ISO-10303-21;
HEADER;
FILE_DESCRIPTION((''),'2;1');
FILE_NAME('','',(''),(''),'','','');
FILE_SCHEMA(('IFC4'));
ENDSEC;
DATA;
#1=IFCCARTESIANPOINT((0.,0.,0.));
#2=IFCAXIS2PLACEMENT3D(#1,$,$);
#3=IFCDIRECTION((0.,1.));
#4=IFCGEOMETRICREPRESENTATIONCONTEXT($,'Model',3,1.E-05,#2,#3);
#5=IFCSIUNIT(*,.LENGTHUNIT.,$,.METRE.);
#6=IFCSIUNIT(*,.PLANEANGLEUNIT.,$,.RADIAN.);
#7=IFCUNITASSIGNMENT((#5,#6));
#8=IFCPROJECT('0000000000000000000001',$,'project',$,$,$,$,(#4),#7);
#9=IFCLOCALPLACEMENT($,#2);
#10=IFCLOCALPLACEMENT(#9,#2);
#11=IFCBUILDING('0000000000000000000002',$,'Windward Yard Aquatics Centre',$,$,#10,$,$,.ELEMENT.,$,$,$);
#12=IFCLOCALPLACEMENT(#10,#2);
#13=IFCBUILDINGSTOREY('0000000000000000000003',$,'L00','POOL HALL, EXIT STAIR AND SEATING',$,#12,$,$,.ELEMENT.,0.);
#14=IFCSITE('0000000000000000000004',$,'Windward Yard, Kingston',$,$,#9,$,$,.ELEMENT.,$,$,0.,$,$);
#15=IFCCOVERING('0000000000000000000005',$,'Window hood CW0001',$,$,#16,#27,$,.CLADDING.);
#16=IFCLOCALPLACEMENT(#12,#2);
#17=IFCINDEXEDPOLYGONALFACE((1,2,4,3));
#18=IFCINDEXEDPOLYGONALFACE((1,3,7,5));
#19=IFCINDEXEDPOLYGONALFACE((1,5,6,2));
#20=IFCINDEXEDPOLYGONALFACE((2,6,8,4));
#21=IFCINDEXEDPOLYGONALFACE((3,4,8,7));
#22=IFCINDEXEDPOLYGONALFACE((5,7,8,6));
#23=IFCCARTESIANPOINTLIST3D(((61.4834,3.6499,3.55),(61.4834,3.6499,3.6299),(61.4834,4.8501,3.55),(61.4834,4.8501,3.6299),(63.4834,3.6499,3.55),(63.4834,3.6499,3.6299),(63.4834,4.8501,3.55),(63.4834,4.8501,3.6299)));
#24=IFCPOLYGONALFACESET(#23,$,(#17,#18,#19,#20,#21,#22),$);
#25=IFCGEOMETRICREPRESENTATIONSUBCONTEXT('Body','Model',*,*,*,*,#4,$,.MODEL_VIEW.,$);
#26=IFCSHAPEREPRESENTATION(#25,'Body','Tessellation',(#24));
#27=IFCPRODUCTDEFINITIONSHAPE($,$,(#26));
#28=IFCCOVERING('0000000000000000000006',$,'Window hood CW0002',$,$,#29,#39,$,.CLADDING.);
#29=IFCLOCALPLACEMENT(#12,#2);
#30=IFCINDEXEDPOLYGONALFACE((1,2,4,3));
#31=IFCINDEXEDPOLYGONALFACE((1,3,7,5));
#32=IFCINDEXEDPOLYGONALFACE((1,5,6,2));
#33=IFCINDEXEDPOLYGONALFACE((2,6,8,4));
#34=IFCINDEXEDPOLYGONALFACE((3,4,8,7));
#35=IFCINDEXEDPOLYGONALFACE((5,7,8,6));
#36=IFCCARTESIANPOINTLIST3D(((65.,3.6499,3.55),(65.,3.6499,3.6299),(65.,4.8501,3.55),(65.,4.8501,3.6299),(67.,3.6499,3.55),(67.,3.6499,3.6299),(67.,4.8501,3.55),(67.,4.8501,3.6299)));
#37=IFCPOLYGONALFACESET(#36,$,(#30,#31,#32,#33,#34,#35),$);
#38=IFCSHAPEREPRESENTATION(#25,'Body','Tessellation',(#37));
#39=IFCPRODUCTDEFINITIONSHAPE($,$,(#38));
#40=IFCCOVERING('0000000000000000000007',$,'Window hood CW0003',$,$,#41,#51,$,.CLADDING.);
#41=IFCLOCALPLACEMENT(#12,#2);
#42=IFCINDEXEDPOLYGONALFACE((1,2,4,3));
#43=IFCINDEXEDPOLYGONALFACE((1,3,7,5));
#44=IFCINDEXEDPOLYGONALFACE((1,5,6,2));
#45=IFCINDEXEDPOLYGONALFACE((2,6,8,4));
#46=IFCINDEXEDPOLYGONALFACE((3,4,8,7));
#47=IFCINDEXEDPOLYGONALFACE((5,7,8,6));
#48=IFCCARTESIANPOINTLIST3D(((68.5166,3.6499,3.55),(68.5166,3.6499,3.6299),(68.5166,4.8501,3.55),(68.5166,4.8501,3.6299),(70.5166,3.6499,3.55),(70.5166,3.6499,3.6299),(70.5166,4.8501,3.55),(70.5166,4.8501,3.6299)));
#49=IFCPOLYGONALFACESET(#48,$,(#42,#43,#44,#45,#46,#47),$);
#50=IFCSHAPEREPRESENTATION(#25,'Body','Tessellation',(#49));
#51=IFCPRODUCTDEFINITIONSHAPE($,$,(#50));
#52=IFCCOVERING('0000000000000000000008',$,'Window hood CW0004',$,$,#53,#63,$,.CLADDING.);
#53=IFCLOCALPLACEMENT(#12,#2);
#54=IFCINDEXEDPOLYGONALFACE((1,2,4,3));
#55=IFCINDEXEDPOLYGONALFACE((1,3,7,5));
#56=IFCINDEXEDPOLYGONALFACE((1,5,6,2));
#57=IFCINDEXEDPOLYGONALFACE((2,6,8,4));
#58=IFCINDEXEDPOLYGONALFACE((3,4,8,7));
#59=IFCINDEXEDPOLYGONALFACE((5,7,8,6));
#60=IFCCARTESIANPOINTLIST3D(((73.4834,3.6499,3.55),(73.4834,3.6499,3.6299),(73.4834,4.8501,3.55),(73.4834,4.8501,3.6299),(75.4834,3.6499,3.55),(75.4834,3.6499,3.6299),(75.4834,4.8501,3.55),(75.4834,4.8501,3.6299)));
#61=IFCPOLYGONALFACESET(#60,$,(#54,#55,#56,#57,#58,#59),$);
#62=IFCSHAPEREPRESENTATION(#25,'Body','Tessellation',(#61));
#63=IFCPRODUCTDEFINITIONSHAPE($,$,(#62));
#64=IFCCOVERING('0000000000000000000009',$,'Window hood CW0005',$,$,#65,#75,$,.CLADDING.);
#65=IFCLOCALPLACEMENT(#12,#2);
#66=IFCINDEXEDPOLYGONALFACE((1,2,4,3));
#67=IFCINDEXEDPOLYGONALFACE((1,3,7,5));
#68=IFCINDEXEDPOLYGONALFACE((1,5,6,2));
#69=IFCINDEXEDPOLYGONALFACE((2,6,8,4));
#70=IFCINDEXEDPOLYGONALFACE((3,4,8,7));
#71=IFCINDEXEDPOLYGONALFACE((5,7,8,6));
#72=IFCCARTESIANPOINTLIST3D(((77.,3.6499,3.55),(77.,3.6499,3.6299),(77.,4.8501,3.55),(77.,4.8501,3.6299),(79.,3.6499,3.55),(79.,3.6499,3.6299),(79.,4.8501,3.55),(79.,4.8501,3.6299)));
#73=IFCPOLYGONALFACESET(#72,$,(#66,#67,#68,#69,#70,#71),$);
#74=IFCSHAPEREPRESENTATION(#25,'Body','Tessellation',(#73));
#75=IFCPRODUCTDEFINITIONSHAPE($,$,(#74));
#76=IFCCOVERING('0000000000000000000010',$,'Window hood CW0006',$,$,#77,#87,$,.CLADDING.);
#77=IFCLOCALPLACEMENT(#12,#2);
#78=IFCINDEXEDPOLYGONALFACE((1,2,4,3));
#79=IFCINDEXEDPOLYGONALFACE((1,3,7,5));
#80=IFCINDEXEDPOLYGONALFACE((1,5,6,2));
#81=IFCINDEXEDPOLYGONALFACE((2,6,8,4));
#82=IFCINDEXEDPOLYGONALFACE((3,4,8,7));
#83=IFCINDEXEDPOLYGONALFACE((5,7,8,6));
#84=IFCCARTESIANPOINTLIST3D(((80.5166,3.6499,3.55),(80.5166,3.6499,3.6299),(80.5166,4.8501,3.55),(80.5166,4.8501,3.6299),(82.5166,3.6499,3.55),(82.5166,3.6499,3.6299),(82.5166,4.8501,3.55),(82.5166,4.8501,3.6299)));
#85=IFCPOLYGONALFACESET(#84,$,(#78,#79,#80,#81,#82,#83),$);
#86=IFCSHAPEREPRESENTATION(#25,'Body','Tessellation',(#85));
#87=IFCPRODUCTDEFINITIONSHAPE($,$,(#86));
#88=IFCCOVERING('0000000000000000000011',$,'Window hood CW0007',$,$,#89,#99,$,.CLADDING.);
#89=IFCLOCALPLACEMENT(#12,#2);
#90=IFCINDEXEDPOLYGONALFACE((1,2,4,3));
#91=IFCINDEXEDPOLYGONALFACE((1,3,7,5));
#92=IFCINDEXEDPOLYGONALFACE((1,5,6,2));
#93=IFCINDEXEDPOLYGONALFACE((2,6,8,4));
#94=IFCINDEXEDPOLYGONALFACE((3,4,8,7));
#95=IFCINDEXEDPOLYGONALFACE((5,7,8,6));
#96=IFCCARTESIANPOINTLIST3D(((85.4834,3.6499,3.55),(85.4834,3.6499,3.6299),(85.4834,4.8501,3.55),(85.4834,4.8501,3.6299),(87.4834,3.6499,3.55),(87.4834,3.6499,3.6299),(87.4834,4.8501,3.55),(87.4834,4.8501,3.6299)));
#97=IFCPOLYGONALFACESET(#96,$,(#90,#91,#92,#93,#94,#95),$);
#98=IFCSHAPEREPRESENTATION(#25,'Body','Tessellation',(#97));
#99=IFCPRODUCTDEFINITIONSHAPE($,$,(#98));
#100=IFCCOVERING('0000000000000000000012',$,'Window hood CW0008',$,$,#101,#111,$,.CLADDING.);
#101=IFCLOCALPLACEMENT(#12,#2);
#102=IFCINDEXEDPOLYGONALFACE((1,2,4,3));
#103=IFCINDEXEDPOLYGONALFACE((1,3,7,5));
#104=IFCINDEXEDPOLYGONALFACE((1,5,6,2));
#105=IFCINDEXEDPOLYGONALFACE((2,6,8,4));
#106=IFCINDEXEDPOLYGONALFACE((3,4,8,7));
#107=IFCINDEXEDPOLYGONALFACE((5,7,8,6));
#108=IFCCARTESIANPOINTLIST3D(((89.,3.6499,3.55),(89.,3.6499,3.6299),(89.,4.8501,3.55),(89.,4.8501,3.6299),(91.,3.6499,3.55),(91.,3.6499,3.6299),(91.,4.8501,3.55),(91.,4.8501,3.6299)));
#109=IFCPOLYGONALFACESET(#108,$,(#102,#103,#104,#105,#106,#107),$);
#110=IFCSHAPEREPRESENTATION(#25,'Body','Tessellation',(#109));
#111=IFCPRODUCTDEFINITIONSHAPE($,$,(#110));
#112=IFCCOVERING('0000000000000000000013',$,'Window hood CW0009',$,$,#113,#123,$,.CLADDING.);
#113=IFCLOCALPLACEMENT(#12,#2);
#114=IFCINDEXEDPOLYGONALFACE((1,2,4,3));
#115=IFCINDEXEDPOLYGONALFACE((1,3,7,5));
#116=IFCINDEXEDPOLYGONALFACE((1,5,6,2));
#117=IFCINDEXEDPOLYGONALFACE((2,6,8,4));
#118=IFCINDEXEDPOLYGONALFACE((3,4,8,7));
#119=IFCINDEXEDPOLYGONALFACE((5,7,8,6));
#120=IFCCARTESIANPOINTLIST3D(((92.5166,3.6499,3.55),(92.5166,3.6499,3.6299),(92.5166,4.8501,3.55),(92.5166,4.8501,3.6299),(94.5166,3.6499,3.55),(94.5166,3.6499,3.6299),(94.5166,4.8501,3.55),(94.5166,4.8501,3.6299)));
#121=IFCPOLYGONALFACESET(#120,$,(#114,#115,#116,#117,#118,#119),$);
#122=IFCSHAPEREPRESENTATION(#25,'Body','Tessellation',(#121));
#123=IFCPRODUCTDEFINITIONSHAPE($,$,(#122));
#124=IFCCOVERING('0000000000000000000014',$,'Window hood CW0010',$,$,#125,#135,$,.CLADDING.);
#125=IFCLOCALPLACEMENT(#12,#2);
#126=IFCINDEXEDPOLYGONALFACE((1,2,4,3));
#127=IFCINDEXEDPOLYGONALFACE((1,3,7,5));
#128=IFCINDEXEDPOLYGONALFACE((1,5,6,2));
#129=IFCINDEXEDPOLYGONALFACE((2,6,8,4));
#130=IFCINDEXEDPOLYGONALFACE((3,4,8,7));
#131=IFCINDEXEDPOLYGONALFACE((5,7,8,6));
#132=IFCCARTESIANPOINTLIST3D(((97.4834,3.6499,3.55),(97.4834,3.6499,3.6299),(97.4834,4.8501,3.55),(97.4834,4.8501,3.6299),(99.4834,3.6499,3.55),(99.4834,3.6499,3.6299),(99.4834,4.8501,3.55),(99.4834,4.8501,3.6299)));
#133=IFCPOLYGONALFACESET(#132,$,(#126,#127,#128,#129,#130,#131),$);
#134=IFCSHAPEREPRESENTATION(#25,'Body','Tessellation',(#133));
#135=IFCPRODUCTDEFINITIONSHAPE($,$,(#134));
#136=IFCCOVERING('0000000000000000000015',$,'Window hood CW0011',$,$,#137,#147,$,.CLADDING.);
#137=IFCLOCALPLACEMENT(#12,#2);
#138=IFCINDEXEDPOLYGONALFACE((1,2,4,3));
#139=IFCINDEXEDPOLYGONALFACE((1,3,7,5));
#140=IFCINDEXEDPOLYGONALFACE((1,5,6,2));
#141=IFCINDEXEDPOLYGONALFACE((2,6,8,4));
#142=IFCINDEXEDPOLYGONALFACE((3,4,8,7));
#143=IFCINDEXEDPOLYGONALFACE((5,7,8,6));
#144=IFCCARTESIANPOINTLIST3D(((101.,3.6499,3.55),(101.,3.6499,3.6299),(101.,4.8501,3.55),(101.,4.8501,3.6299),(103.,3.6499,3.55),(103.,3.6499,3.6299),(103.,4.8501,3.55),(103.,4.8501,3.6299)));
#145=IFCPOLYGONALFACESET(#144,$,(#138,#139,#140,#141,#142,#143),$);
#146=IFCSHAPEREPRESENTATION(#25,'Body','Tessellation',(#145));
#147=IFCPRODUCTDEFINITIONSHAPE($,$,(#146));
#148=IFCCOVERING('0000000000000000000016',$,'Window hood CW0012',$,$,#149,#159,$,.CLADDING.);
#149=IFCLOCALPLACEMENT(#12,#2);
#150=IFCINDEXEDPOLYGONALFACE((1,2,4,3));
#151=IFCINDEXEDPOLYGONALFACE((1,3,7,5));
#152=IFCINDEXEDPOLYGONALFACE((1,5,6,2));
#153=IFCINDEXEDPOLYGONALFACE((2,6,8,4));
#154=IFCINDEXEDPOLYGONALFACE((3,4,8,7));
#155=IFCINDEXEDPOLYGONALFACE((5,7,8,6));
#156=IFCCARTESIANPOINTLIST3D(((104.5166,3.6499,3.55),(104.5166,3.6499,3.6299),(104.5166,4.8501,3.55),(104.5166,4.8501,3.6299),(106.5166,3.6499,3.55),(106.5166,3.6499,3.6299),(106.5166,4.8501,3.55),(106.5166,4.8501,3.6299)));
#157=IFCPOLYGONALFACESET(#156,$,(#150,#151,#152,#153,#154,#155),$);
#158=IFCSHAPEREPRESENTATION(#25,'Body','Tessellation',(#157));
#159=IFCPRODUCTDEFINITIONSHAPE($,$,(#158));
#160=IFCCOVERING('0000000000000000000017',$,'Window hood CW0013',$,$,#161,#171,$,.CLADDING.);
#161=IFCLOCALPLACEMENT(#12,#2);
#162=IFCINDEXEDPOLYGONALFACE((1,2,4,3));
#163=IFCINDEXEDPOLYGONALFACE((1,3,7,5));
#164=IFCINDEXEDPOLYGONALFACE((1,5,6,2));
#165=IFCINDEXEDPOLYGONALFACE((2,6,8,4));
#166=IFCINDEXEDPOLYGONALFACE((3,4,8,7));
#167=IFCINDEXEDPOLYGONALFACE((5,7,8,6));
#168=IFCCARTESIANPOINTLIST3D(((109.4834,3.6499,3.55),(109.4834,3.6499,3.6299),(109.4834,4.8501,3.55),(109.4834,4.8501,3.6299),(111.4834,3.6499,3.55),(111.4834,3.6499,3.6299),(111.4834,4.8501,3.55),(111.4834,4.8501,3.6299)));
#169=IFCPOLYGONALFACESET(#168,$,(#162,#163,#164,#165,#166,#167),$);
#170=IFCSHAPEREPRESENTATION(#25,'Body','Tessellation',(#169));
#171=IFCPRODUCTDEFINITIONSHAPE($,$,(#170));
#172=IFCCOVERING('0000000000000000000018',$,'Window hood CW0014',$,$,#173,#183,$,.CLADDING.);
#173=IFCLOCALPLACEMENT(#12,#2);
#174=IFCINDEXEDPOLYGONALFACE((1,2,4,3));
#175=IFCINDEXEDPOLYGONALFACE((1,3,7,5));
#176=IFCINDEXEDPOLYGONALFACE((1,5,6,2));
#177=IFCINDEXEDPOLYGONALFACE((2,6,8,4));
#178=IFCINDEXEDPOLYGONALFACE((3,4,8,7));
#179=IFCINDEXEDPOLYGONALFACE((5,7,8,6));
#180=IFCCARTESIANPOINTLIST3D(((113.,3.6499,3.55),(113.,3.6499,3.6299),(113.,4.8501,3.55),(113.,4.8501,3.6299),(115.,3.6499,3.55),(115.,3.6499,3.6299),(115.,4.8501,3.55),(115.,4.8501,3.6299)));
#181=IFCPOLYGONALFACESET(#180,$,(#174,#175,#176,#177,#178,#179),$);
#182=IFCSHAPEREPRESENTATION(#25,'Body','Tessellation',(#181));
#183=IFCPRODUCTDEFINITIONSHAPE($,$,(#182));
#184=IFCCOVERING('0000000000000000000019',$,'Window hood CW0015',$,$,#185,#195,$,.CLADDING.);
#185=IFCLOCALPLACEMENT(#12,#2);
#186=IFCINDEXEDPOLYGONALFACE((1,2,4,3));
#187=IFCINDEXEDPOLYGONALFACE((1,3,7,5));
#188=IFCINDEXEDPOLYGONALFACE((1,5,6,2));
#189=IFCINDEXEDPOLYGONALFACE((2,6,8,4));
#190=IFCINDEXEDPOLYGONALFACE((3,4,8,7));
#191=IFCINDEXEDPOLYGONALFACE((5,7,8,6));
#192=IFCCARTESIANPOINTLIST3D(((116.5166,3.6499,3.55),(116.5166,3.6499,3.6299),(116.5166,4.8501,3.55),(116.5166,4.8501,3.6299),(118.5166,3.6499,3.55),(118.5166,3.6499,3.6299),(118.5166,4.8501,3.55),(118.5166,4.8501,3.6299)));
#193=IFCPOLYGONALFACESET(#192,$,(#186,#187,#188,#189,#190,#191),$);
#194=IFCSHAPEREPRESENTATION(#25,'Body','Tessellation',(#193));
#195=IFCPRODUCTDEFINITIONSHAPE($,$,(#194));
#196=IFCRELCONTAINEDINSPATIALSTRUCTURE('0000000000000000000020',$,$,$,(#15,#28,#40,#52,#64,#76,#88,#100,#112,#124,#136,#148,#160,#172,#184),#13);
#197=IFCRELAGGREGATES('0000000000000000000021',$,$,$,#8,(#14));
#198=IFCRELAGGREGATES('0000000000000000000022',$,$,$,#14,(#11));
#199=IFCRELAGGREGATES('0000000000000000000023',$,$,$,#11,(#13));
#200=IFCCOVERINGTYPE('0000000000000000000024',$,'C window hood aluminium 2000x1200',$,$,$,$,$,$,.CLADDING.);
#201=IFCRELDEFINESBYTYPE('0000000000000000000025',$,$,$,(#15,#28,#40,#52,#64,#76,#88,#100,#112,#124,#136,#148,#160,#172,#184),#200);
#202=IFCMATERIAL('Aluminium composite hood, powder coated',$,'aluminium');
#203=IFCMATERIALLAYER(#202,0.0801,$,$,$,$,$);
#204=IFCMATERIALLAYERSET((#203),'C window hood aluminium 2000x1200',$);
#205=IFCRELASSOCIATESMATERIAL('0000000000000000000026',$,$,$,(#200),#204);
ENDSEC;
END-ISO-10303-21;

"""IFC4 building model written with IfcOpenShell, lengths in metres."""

from ifc_helpers import new_model, si_unit, direction, frame, origin, place, context, subcontext, project, spatial, polyline, outline, extrude, material, layer, layer_set, type_object, element, save


model = new_model("IFC4")

# Units and contexts
model_context = context("Model", 3, precision=1e-05, world=origin(), true_north=direction((0.0, 1.0)))
body_context = subcontext(model_context, "Body", "Model", "MODEL_VIEW")
ifc_project = project(units=[si_unit("LENGTHUNIT", "METRE"), si_unit("PLANEANGLEUNIT", "RADIAN")], contexts=[model_context])

# Site, building, storey
site_placement = place(None, origin())
site = spatial("IfcSite", under=ifc_project, at=site_placement, Name="Windward Yard, Kingston", CompositionType="ELEMENT", RefElevation=0.0)
building_placement = place(site_placement, origin())
building = spatial("IfcBuilding", under=site, at=building_placement, Name="Windward Yard Aquatics Centre", CompositionType="ELEMENT")
storey_placement = place(building_placement, origin())
storey = spatial("IfcBuildingStorey", under=building, at=storey_placement, Name="L00", Description="POOL HALL, EXIT STAIR AND SEATING", CompositionType="ELEMENT", Elevation=0.0)

# Coverings
ifc_material = material(Name="Aluminium composite hood, powder coated", Category="aluminium")
ifc_layer_1 = layer(ifc_material, 0.0801)
ifc_layer_set_1 = layer_set([ifc_layer_1], Name="C window hood aluminium 2000x1200")
covering_type_1 = type_object("IfcCoveringType", Name="C window hood aluminium 2000x1200", PredefinedType="CLADDING", material=ifc_layer_set_1)
covering_1_placement = place(storey_placement, frame((0.0, 0.0, 3.55)))
element("IfcCovering", 1, at=covering_1_placement, inside=storey, type_object=covering_type_1, Name="Window hood CW0001", PredefinedType="CLADDING", context=body_context, shape_type="SweptSolid", body=[
    extrude(outline(polyline([(61.4834, 3.6499), (61.4834, 4.8501), (63.4834, 4.8501), (63.4834, 3.6499), (61.4834, 3.6499)])), origin(), (0.0, 0.0, 1.0), 0.0798),
])
covering_2_placement = place(storey_placement, frame((0.0, 0.0, 3.55)))
element("IfcCovering", 2, at=covering_2_placement, inside=storey, type_object=covering_type_1, Name="Window hood CW0002", PredefinedType="CLADDING", context=body_context, shape_type="SweptSolid", body=[
    extrude(outline(polyline([(65.0, 3.6499), (65.0, 4.8501), (67.0, 4.8501), (67.0, 3.6499), (65.0, 3.6499)])), origin(), (0.0, 0.0, 1.0), 0.0798),
])
covering_3_placement = place(storey_placement, frame((0.0, 0.0, 3.55)))
element("IfcCovering", 3, at=covering_3_placement, inside=storey, type_object=covering_type_1, Name="Window hood CW0003", PredefinedType="CLADDING", context=body_context, shape_type="SweptSolid", body=[
    extrude(outline(polyline([(68.5166, 3.6499), (68.5166, 4.8501), (70.5166, 4.8501), (70.5166, 3.6499), (68.5166, 3.6499)])), origin(), (0.0, 0.0, 1.0), 0.0798),
])
covering_4_placement = place(storey_placement, frame((0.0, 0.0, 3.55)))
element("IfcCovering", 4, at=covering_4_placement, inside=storey, type_object=covering_type_1, Name="Window hood CW0004", PredefinedType="CLADDING", context=body_context, shape_type="SweptSolid", body=[
    extrude(outline(polyline([(73.4834, 3.6499), (73.4834, 4.8501), (75.4834, 4.8501), (75.4834, 3.6499), (73.4834, 3.6499)])), origin(), (0.0, 0.0, 1.0), 0.0798),
])
covering_5_placement = place(storey_placement, frame((0.0, 0.0, 3.55)))
element("IfcCovering", 5, at=covering_5_placement, inside=storey, type_object=covering_type_1, Name="Window hood CW0005", PredefinedType="CLADDING", context=body_context, shape_type="SweptSolid", body=[
    extrude(outline(polyline([(77.0, 3.6499), (77.0, 4.8501), (79.0, 4.8501), (79.0, 3.6499), (77.0, 3.6499)])), origin(), (0.0, 0.0, 1.0), 0.0798),
])
covering_6_placement = place(storey_placement, frame((0.0, 0.0, 3.55)))
element("IfcCovering", 6, at=covering_6_placement, inside=storey, type_object=covering_type_1, Name="Window hood CW0006", PredefinedType="CLADDING", context=body_context, shape_type="SweptSolid", body=[
    extrude(outline(polyline([(80.5166, 3.6499), (80.5166, 4.8501), (82.5166, 4.8501), (82.5166, 3.6499), (80.5166, 3.6499)])), origin(), (0.0, 0.0, 1.0), 0.0798),
])
covering_7_placement = place(storey_placement, frame((0.0, 0.0, 3.55)))
element("IfcCovering", 7, at=covering_7_placement, inside=storey, type_object=covering_type_1, Name="Window hood CW0007", PredefinedType="CLADDING", context=body_context, shape_type="SweptSolid", body=[
    extrude(outline(polyline([(85.4834, 3.6499), (85.4834, 4.8501), (87.4834, 4.8501), (87.4834, 3.6499), (85.4834, 3.6499)])), origin(), (0.0, 0.0, 1.0), 0.0798),
])
covering_8_placement = place(storey_placement, frame((0.0, 0.0, 3.55)))
element("IfcCovering", 8, at=covering_8_placement, inside=storey, type_object=covering_type_1, Name="Window hood CW0008", PredefinedType="CLADDING", context=body_context, shape_type="SweptSolid", body=[
    extrude(outline(polyline([(89.0, 3.6499), (89.0, 4.8501), (91.0, 4.8501), (91.0, 3.6499), (89.0, 3.6499)])), origin(), (0.0, 0.0, 1.0), 0.0798),
])
covering_9_placement = place(storey_placement, frame((0.0, 0.0, 3.55)))
element("IfcCovering", 9, at=covering_9_placement, inside=storey, type_object=covering_type_1, Name="Window hood CW0009", PredefinedType="CLADDING", context=body_context, shape_type="SweptSolid", body=[
    extrude(outline(polyline([(92.5166, 3.6499), (92.5166, 4.8501), (94.5166, 4.8501), (94.5166, 3.6499), (92.5166, 3.6499)])), origin(), (0.0, 0.0, 1.0), 0.0798),
])
covering_10_placement = place(storey_placement, frame((0.0, 0.0, 3.55)))
element("IfcCovering", 10, at=covering_10_placement, inside=storey, type_object=covering_type_1, Name="Window hood CW0010", PredefinedType="CLADDING", context=body_context, shape_type="SweptSolid", body=[
    extrude(outline(polyline([(97.4834, 3.6499), (97.4834, 4.8501), (99.4834, 4.8501), (99.4834, 3.6499), (97.4834, 3.6499)])), origin(), (0.0, 0.0, 1.0), 0.0798),
])
covering_11_placement = place(storey_placement, frame((0.0, 0.0, 3.55)))
element("IfcCovering", 11, at=covering_11_placement, inside=storey, type_object=covering_type_1, Name="Window hood CW0011", PredefinedType="CLADDING", context=body_context, shape_type="SweptSolid", body=[
    extrude(outline(polyline([(101.0, 3.6499), (101.0, 4.8501), (103.0, 4.8501), (103.0, 3.6499), (101.0, 3.6499)])), origin(), (0.0, 0.0, 1.0), 0.0798),
])
covering_12_placement = place(storey_placement, frame((0.0, 0.0, 3.55)))
element("IfcCovering", 12, at=covering_12_placement, inside=storey, type_object=covering_type_1, Name="Window hood CW0012", PredefinedType="CLADDING", context=body_context, shape_type="SweptSolid", body=[
    extrude(outline(polyline([(104.5166, 3.6499), (104.5166, 4.8501), (106.5166, 4.8501), (106.5166, 3.6499), (104.5166, 3.6499)])), origin(), (0.0, 0.0, 1.0), 0.0798),
])
covering_13_placement = place(storey_placement, frame((0.0, 0.0, 3.55)))
element("IfcCovering", 13, at=covering_13_placement, inside=storey, type_object=covering_type_1, Name="Window hood CW0013", PredefinedType="CLADDING", context=body_context, shape_type="SweptSolid", body=[
    extrude(outline(polyline([(109.4834, 3.6499), (109.4834, 4.8501), (111.4834, 4.8501), (111.4834, 3.6499), (109.4834, 3.6499)])), origin(), (0.0, 0.0, 1.0), 0.0798),
])
covering_14_placement = place(storey_placement, frame((0.0, 0.0, 3.55)))
element("IfcCovering", 14, at=covering_14_placement, inside=storey, type_object=covering_type_1, Name="Window hood CW0014", PredefinedType="CLADDING", context=body_context, shape_type="SweptSolid", body=[
    extrude(outline(polyline([(113.0, 3.6499), (113.0, 4.8501), (115.0, 4.8501), (115.0, 3.6499), (113.0, 3.6499)])), origin(), (0.0, 0.0, 1.0), 0.0798),
])
covering_15_placement = place(storey_placement, frame((0.0, 0.0, 3.55)))
element("IfcCovering", 15, at=covering_15_placement, inside=storey, type_object=covering_type_1, Name="Window hood CW0015", PredefinedType="CLADDING", context=body_context, shape_type="SweptSolid", body=[
    extrude(outline(polyline([(116.5166, 3.6499), (116.5166, 4.8501), (118.5166, 4.8501), (118.5166, 3.6499), (116.5166, 3.6499)])), origin(), (0.0, 0.0, 1.0), 0.0798),
])

save(model, "model.ifc")
